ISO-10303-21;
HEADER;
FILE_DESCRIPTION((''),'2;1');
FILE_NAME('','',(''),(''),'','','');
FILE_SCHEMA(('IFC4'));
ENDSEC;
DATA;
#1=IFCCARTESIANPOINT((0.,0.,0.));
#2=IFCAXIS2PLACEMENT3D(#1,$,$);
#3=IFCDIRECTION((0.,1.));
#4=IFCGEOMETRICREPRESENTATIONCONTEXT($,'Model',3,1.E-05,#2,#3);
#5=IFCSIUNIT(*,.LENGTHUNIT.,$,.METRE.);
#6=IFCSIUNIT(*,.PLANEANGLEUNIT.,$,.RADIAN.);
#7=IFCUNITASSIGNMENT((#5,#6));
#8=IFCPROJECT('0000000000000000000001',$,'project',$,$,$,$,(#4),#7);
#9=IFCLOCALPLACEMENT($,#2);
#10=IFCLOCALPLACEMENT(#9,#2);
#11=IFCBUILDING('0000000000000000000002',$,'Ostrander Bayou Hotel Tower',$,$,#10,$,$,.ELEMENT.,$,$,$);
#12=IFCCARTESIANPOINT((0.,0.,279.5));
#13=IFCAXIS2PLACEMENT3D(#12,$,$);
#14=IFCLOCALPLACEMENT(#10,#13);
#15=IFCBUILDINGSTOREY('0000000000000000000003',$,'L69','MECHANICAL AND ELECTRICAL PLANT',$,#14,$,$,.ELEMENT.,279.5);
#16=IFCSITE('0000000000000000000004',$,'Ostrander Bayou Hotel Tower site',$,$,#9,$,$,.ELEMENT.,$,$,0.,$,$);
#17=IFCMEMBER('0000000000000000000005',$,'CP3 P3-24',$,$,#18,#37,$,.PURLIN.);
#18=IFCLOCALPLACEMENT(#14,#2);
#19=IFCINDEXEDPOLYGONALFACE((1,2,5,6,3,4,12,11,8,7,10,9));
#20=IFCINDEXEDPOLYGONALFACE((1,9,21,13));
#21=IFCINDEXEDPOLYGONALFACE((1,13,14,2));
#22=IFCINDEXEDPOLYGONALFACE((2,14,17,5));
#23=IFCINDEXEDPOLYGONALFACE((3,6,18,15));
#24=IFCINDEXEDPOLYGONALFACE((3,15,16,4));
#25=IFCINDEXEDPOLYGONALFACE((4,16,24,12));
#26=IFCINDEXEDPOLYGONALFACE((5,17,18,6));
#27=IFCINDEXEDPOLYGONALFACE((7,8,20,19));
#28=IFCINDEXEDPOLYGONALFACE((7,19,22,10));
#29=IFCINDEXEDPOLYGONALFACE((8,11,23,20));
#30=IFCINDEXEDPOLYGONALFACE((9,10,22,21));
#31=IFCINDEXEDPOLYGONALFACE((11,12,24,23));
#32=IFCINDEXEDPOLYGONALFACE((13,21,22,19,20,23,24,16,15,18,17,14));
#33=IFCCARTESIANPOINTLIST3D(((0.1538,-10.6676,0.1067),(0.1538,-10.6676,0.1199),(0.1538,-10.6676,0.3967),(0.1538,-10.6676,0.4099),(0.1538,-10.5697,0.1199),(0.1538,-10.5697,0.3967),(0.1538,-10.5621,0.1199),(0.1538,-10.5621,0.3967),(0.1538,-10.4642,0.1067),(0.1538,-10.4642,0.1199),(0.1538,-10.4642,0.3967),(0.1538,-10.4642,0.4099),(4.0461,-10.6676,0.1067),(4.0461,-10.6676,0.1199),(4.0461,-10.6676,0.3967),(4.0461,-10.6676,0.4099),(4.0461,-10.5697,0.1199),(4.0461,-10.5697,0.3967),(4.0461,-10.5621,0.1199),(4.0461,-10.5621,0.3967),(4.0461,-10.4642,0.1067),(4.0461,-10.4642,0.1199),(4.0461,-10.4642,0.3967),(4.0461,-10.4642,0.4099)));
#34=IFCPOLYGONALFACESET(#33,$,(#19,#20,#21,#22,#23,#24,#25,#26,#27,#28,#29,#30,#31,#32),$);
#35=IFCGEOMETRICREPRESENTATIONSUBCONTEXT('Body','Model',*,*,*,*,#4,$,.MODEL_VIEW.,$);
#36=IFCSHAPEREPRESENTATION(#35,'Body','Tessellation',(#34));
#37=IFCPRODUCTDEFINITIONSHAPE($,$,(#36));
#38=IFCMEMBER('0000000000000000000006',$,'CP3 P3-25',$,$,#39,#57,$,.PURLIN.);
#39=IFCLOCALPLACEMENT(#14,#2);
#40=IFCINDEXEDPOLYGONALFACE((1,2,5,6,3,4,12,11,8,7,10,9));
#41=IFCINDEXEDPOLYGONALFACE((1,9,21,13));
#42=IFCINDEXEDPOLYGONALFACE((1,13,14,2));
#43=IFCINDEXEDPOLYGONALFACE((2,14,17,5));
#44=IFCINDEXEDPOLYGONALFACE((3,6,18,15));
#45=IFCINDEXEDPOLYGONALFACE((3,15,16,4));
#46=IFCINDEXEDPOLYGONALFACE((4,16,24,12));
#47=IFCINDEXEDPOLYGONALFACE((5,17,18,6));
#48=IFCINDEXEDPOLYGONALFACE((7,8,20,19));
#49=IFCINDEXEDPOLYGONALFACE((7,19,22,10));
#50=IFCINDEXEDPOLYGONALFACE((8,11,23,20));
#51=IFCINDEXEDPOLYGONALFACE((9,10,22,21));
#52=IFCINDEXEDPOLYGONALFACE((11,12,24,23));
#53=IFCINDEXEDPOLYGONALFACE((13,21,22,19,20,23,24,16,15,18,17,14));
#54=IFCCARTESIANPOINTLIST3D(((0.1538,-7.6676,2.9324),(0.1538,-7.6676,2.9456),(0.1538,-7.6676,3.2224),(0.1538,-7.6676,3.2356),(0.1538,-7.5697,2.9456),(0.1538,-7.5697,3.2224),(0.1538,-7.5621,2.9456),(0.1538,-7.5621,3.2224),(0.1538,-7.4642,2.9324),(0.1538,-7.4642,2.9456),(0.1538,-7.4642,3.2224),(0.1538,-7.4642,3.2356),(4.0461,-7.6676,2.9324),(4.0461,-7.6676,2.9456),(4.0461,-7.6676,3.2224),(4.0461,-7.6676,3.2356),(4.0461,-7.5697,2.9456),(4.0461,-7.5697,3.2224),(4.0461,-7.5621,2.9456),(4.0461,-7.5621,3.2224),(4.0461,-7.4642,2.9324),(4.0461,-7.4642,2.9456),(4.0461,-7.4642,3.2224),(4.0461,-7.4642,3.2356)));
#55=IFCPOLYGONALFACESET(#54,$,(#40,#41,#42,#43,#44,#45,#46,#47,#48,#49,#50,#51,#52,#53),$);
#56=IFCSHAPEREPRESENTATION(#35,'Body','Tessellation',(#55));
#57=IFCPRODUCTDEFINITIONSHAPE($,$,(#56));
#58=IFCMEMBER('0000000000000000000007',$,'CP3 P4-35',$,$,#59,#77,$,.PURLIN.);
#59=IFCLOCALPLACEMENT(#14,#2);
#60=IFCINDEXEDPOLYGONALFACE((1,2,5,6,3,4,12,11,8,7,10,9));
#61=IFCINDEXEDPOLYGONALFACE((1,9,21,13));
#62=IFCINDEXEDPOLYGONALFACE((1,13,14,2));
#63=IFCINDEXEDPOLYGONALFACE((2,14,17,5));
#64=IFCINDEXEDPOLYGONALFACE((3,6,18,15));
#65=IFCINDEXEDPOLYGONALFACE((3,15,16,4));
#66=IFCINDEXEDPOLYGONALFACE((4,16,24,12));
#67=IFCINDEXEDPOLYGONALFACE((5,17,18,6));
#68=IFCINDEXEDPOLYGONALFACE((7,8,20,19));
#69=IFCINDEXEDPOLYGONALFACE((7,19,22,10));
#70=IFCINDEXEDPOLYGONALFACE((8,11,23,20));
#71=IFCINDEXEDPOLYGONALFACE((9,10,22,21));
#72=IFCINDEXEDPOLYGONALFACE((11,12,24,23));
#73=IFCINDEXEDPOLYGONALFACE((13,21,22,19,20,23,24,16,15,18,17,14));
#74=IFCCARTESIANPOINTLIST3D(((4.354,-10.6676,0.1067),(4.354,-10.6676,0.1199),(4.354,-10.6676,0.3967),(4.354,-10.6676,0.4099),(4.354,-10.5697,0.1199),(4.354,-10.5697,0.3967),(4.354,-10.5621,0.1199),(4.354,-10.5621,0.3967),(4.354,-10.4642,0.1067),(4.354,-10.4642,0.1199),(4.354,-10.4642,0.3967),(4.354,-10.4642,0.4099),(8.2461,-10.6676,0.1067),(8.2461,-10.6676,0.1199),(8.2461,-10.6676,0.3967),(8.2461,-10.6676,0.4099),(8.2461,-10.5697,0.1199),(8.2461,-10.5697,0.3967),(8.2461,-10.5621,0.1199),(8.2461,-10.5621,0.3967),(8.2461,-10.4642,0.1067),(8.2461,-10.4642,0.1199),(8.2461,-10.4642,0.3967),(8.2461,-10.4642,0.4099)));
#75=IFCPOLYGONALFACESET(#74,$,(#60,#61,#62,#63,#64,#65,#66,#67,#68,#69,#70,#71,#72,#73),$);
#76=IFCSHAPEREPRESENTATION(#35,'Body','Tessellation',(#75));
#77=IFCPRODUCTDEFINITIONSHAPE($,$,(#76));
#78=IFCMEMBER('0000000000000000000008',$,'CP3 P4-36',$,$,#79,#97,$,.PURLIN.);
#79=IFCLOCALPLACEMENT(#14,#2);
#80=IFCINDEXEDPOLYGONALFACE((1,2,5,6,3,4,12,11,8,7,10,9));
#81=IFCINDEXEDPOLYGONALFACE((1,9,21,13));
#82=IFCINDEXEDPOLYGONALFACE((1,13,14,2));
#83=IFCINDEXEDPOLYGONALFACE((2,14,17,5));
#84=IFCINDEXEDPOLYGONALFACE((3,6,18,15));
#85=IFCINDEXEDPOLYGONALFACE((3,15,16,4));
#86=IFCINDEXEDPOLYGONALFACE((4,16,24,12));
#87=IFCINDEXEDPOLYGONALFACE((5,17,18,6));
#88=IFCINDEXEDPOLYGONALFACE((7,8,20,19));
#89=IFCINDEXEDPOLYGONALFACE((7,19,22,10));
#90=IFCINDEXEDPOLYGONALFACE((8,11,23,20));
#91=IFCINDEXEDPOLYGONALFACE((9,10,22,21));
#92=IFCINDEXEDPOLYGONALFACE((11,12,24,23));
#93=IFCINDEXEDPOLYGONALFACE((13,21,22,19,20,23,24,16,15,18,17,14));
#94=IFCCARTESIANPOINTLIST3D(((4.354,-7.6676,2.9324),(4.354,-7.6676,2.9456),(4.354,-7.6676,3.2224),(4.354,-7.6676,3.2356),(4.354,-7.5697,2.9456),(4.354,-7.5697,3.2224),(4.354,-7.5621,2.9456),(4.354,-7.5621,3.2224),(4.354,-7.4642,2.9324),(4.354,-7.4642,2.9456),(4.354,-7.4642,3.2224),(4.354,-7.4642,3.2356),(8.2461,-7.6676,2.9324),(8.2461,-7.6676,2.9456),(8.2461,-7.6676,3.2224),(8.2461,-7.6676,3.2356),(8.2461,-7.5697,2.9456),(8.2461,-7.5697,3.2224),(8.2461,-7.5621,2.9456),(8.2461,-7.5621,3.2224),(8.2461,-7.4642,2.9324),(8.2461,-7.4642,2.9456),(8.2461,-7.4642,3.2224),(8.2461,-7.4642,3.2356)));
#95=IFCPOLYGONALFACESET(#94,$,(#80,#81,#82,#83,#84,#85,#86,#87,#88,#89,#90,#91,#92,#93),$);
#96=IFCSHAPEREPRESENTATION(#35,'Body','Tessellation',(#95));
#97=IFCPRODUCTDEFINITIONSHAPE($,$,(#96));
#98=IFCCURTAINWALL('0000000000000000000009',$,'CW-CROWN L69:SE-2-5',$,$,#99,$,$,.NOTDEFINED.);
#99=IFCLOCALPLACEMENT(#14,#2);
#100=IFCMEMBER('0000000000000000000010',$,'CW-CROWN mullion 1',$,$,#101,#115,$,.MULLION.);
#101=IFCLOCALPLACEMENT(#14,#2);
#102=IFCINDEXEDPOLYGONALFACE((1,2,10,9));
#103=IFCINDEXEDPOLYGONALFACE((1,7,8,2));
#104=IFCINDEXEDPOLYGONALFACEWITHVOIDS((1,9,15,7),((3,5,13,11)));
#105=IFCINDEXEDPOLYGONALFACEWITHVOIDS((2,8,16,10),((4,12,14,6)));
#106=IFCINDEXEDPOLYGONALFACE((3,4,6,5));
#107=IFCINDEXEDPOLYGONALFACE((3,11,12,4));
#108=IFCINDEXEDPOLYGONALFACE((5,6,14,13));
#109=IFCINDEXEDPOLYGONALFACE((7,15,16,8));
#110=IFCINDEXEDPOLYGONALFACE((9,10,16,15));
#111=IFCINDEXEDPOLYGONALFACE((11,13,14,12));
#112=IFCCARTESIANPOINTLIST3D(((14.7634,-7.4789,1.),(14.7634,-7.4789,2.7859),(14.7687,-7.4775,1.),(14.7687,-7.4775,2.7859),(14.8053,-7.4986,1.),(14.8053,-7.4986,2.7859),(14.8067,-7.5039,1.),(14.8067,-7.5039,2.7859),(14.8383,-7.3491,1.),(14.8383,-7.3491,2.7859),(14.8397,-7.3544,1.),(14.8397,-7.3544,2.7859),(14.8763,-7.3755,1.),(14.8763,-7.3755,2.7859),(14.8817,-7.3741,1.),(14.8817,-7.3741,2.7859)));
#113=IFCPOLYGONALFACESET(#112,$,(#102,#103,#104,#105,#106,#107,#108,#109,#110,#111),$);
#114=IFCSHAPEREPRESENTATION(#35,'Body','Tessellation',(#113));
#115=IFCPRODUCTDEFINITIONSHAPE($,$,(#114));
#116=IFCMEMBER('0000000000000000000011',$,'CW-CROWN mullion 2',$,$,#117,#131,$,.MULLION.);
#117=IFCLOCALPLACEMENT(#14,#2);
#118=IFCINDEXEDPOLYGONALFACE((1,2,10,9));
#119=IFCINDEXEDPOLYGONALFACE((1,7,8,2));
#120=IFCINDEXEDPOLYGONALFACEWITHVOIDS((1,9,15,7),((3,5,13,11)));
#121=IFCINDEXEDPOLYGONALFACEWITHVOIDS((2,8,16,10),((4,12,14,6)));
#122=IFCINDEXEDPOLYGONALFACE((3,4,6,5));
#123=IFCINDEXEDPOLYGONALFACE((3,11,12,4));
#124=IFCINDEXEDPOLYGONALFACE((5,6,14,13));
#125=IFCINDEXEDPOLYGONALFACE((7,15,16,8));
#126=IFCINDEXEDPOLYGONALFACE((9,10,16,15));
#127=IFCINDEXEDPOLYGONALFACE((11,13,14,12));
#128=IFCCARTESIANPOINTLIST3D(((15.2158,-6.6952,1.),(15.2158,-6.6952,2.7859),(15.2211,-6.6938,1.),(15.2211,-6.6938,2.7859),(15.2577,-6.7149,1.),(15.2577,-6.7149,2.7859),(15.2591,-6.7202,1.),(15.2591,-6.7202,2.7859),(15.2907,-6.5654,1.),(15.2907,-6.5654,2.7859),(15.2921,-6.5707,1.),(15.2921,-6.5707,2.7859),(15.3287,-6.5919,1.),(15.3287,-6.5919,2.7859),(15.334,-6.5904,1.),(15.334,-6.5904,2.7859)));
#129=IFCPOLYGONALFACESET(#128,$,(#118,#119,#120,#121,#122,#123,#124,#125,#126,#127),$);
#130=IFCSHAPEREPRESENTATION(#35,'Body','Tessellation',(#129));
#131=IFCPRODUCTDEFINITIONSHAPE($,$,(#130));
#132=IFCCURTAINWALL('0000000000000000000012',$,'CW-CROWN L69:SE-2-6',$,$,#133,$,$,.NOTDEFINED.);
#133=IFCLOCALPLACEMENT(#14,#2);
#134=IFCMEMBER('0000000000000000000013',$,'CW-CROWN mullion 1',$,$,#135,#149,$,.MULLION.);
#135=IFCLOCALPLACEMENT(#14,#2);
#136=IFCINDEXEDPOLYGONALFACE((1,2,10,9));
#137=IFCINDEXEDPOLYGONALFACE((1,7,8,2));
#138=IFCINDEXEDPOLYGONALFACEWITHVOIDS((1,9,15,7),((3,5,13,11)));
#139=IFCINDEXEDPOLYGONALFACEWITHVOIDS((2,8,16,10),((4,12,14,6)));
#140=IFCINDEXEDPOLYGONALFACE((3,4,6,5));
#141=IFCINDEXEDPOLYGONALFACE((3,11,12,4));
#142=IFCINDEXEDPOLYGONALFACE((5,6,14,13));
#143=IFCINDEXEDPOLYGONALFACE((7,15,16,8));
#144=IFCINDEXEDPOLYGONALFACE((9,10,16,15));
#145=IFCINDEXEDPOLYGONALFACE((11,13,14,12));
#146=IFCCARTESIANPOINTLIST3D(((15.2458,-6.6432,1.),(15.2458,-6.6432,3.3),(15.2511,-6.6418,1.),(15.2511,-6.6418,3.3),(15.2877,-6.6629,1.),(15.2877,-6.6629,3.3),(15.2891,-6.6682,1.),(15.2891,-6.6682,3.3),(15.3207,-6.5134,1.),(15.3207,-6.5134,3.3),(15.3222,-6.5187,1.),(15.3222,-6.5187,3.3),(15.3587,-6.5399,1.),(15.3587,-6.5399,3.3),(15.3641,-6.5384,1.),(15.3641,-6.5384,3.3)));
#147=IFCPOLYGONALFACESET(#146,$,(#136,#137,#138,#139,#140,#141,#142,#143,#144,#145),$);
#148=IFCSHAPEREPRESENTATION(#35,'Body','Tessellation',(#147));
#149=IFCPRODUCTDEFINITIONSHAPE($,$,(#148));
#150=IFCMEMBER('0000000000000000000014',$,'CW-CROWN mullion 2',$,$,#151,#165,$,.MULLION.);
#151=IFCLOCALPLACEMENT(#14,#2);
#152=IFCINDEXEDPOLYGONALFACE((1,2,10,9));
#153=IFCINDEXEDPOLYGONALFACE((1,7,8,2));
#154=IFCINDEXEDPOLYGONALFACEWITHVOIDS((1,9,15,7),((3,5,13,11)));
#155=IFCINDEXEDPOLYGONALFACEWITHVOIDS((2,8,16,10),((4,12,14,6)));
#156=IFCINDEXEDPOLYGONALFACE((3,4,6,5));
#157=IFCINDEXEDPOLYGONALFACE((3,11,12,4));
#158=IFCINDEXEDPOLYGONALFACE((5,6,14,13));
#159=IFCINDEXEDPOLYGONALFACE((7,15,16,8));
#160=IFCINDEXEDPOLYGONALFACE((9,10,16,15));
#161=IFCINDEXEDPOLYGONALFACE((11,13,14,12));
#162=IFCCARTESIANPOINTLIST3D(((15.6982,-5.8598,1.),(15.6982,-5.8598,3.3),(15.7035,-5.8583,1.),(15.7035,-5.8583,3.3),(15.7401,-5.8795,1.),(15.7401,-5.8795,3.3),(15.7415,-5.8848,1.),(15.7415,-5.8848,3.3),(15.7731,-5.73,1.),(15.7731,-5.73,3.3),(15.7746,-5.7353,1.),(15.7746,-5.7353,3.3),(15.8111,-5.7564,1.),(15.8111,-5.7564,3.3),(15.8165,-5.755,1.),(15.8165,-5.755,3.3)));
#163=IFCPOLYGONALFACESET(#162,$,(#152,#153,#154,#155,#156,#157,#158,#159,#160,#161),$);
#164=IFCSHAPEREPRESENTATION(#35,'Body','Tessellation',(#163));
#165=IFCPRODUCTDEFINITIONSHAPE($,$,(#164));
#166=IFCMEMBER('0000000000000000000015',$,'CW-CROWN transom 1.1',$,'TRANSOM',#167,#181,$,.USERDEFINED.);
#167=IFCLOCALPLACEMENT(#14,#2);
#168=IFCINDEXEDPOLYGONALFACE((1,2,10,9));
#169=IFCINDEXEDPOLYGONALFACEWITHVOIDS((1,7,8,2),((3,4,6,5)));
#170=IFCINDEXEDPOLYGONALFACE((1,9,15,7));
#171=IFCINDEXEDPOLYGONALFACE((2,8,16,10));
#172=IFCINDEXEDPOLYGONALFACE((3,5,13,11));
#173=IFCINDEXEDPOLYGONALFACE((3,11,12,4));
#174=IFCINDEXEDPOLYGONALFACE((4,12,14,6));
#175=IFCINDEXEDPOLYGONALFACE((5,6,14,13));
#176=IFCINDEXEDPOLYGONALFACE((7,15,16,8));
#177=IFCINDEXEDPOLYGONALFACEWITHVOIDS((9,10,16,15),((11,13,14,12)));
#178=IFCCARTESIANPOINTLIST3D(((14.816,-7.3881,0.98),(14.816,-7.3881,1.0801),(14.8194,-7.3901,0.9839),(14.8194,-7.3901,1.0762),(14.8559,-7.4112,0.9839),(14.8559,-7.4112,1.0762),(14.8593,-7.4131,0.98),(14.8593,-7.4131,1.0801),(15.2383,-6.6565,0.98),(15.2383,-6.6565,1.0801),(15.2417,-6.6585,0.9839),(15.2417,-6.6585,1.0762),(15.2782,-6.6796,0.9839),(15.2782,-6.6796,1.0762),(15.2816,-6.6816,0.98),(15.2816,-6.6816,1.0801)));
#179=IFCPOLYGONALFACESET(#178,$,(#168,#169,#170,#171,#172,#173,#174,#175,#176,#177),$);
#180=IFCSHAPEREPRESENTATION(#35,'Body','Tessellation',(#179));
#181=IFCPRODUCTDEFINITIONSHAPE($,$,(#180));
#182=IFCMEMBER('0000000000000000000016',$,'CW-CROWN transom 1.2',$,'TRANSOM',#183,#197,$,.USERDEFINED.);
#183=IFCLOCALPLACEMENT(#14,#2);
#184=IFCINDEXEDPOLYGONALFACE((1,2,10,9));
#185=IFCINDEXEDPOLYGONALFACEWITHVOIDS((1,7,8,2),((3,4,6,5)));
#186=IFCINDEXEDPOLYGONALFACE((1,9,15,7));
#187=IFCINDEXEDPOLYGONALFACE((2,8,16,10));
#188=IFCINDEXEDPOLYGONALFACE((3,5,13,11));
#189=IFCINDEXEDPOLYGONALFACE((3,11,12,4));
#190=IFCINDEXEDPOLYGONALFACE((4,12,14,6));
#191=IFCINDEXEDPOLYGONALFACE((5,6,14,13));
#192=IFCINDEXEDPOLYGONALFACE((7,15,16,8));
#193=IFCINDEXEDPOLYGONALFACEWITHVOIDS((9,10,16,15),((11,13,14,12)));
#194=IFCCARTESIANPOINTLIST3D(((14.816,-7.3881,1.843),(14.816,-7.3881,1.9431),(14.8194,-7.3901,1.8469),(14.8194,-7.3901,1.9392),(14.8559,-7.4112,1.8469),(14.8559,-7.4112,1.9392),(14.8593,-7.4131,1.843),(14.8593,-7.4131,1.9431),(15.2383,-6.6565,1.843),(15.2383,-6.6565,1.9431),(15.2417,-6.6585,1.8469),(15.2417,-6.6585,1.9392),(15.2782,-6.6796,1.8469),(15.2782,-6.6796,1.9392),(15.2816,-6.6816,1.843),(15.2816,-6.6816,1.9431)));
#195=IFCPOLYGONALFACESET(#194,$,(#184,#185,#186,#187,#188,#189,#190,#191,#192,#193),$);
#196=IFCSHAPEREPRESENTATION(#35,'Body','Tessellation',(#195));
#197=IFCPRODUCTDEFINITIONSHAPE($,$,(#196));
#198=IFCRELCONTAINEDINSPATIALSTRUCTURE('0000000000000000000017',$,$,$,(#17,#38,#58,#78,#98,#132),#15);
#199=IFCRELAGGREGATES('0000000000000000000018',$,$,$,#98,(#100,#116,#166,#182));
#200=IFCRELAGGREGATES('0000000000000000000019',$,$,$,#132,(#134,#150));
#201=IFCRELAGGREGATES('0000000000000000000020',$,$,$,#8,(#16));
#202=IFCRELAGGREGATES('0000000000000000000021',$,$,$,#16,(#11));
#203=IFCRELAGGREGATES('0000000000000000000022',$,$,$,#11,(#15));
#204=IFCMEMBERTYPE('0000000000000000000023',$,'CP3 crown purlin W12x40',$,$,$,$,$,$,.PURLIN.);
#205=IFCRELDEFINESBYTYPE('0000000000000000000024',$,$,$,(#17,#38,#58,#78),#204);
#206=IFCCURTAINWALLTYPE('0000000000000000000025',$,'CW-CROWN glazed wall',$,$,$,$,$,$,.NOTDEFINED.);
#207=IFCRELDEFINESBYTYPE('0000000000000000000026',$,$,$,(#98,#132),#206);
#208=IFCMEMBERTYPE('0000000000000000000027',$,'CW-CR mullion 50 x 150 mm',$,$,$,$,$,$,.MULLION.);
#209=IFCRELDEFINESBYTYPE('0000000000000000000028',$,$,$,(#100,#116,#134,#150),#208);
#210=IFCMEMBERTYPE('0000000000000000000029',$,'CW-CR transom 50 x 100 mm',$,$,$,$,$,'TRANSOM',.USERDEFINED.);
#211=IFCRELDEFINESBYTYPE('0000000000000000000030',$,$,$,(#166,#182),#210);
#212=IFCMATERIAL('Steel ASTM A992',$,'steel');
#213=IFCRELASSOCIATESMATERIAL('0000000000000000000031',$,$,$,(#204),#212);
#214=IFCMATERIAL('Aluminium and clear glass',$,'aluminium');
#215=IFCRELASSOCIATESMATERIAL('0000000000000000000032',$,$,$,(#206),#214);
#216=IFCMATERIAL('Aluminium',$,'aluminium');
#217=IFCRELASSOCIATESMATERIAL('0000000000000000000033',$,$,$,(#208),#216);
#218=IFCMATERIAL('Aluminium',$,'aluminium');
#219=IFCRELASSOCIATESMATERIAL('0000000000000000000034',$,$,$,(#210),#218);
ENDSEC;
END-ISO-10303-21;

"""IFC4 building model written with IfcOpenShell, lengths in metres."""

from ifc_helpers import new_model, si_unit, direction, frame, origin, origin_2d, place, context, subcontext, project, spatial, hollow_rectangle, i_section, extrude, material, material_profile, profile_set, type_object, element, aggregate, save


model = new_model("IFC4")

# Units and contexts
model_context = context("Model", 3, precision=1e-05, world=origin(), true_north=direction((0.0, 1.0)))
body_context = subcontext(model_context, "Body", "Model", "MODEL_VIEW")
ifc_project = project(units=[si_unit("LENGTHUNIT", "METRE"), si_unit("PLANEANGLEUNIT", "RADIAN")], contexts=[model_context])

# Site, building, storey
site_placement = place(None, origin())
site = spatial("IfcSite", under=ifc_project, at=site_placement, Name="Ostrander Bayou Hotel Tower site", CompositionType="ELEMENT", RefElevation=0.0)
building_placement = place(site_placement, origin())
building = spatial("IfcBuilding", under=site, at=building_placement, Name="Ostrander Bayou Hotel Tower", CompositionType="ELEMENT")
storey_placement = place(building_placement, frame((0.0, 0.0, 279.5)))
storey = spatial("IfcBuildingStorey", under=building, at=storey_placement, Name="L69", Description="MECHANICAL AND ELECTRICAL PLANT", CompositionType="ELEMENT", Elevation=279.5)

# Members
ifc_material_1 = material(Name="Steel ASTM A992", Category="steel")
ifc_material_profile_1 = material_profile(ifc_material_1, i_section(OverallWidth=0.2034, OverallDepth=0.3032, WebThickness=0.0076, FlangeThickness=0.0132, at=origin_2d()))
ifc_profile_set_1 = profile_set([ifc_material_profile_1], Name="Steel ASTM A992")
member_type_1 = type_object("IfcMemberType", Name="CP3 crown purlin W12x40", PredefinedType="PURLIN", material=ifc_profile_set_1)
for number, where, z_axis, x_axis, name in (
    (1, (0.1538, -10.5659, 0.2583), (1.0, 0.0, 0.0), (0.0, 1.0, 0.0), "CP3 P3-24"),
    (2, (0.1538, -7.5659, 3.084), (1.0, 0.0, 0.0), (0.0, 1.0, 0.0), "CP3 P3-25"),
):
    element("IfcMember", number, at=place(storey_placement, frame(where, z_axis=z_axis, x_axis=x_axis)), inside=storey, type_object=member_type_1, Name=name, PredefinedType="PURLIN", context=body_context, shape_type="SweptSolid", body=[
        extrude(i_section(OverallWidth=0.2034, OverallDepth=0.3032, WebThickness=0.0076, FlangeThickness=0.0132, at=origin_2d()), origin(), (0.0, 0.0, 1.0), 3.8923),
    ])
for number, where, z_axis, x_axis, name in (
    (3, (4.354, -10.5659, 0.2583), (1.0, 0.0, 0.0), (0.0, 1.0, 0.0), "CP3 P4-35"),
    (4, (4.354, -7.5659, 3.084), (1.0, 0.0, 0.0), (0.0, 1.0, 0.0), "CP3 P4-36"),
):
    element("IfcMember", number, at=place(storey_placement, frame(where, z_axis=z_axis, x_axis=x_axis)), inside=storey, type_object=member_type_1, Name=name, PredefinedType="PURLIN", context=body_context, shape_type="SweptSolid", body=[
        extrude(i_section(OverallWidth=0.2034, OverallDepth=0.3032, WebThickness=0.0076, FlangeThickness=0.0132, at=origin_2d()), origin(), (0.0, 0.0, 1.0), 3.8921),
    ])

# Curtain walls, members
ifc_material_2 = material(Name="Aluminium and clear glass", Category="aluminium")
curtain_wall_type = type_object("IfcCurtainWallType", Name="CW-CROWN glazed wall", PredefinedType="NOTDEFINED", material=ifc_material_2)
curtain_wall_1_placement = place(storey_placement, origin())
curtain_wall_1 = element("IfcCurtainWall", 5, at=curtain_wall_1_placement, inside=storey, type_object=curtain_wall_type, Name="CW-CROWN L69:SE-2-5", PredefinedType="NOTDEFINED")
ifc_material_3 = material(Name="Aluminium", Category="aluminium")
ifc_material_profile_2 = material_profile(ifc_material_3, hollow_rectangle(XDim=0.05, YDim=0.1499, WallThickness=0.0039, at=origin_2d()))
ifc_profile_set_2 = profile_set([ifc_material_profile_2], Name="Aluminium")
member_type_2 = type_object("IfcMemberType", Name="CW-CR mullion 50 x 150 mm", PredefinedType="MULLION", material=ifc_profile_set_2)
member_1_placement = place(storey_placement, frame((14.8225, -7.4265, 1.0), z_axis=(0.0, 0.0, 1.0), x_axis=(-0.866041, 0.499974, 0.0)))
member_1 = element("IfcMember", 6, at=member_1_placement, type_object=member_type_2, Name="CW-CROWN mullion 1", PredefinedType="MULLION", context=body_context, shape_type="SweptSolid", body=[
    extrude(hollow_rectangle(XDim=0.05, YDim=0.1499, WallThickness=0.0039, at=origin_2d()), origin(), (0.0, 0.0, 1.0), 1.7859),
])
member_2_placement = place(storey_placement, frame((15.2749, -6.6428, 1.0), z_axis=(0.0, 0.0, 1.0), x_axis=(-0.866041, 0.499974, 0.0)))
member_2 = element("IfcMember", 7, at=member_2_placement, type_object=member_type_2, Name="CW-CROWN mullion 2", PredefinedType="MULLION", context=body_context, shape_type="SweptSolid", body=[
    extrude(hollow_rectangle(XDim=0.05, YDim=0.1499, WallThickness=0.0039, at=origin_2d()), origin(), (0.0, 0.0, 1.0), 1.7859),
])
curtain_wall_2_placement = place(storey_placement, origin())
curtain_wall_2 = element("IfcCurtainWall", 8, at=curtain_wall_2_placement, inside=storey, type_object=curtain_wall_type, Name="CW-CROWN L69:SE-2-6", PredefinedType="NOTDEFINED")
member_3_placement = place(storey_placement, frame((15.3049, -6.5908, 1.0), z_axis=(0.0, 0.0, 1.0), x_axis=(-0.866015, 0.500019, 0.0)))
member_3 = element("IfcMember", 9, at=member_3_placement, type_object=member_type_2, Name="CW-CROWN mullion 1", PredefinedType="MULLION", context=body_context, shape_type="SweptSolid", body=[
    extrude(hollow_rectangle(XDim=0.05, YDim=0.1499, WallThickness=0.0039, at=origin_2d()), origin(), (0.0, 0.0, 1.0), 2.3),
])
member_4_placement = place(storey_placement, frame((15.7573, -5.8074, 1.0), z_axis=(0.0, 0.0, 1.0), x_axis=(-0.866015, 0.500019, 0.0)))
member_4 = element("IfcMember", 10, at=member_4_placement, type_object=member_type_2, Name="CW-CROWN mullion 2", PredefinedType="MULLION", context=body_context, shape_type="SweptSolid", body=[
    extrude(hollow_rectangle(XDim=0.05, YDim=0.1499, WallThickness=0.0039, at=origin_2d()), origin(), (0.0, 0.0, 1.0), 2.3),
])

# Members
ifc_material_4 = material(Name="Aluminium", Category="aluminium")
ifc_material_profile_3 = material_profile(ifc_material_4, hollow_rectangle(XDim=0.05, YDim=0.1001, WallThickness=0.0039, at=origin_2d()))
ifc_profile_set_3 = profile_set([ifc_material_profile_3], Name="Aluminium")
member_type_3 = type_object("IfcMemberType", Name="CW-CR transom 50 x 100 mm", ElementType="TRANSOM", PredefinedType="USERDEFINED", material=ifc_profile_set_3)
member_5_placement = place(storey_placement, frame((14.8376, -7.4006, 1.03), z_axis=(0.499931, 0.866065, 0.0), x_axis=(-0.866065, 0.499931, 0.0)))
member_5 = element("IfcMember", 11, at=member_5_placement, type_object=member_type_3, Name="CW-CROWN transom 1.1", ObjectType="TRANSOM", PredefinedType="USERDEFINED", context=body_context, shape_type="SweptSolid", body=[
    extrude(hollow_rectangle(XDim=0.05, YDim=0.1001, WallThickness=0.0039, at=origin_2d()), origin(), (0.0, 0.0, 1.0), 0.8447),
])
member_6_placement = place(storey_placement, frame((14.8376, -7.4006, 1.8931), z_axis=(0.499931, 0.866065, 0.0), x_axis=(-0.866065, 0.499931, 0.0)))
member_6 = element("IfcMember", 12, at=member_6_placement, type_object=member_type_3, Name="CW-CROWN transom 1.2", ObjectType="TRANSOM", PredefinedType="USERDEFINED", context=body_context, shape_type="SweptSolid", body=[
    extrude(hollow_rectangle(XDim=0.05, YDim=0.1001, WallThickness=0.0039, at=origin_2d()), origin(), (0.0, 0.0, 1.0), 0.8447),
])

aggregate(curtain_wall_1, [member_1, member_2, member_5, member_6])
aggregate(curtain_wall_2, [member_3, member_4])

save(model, "model.ifc")
